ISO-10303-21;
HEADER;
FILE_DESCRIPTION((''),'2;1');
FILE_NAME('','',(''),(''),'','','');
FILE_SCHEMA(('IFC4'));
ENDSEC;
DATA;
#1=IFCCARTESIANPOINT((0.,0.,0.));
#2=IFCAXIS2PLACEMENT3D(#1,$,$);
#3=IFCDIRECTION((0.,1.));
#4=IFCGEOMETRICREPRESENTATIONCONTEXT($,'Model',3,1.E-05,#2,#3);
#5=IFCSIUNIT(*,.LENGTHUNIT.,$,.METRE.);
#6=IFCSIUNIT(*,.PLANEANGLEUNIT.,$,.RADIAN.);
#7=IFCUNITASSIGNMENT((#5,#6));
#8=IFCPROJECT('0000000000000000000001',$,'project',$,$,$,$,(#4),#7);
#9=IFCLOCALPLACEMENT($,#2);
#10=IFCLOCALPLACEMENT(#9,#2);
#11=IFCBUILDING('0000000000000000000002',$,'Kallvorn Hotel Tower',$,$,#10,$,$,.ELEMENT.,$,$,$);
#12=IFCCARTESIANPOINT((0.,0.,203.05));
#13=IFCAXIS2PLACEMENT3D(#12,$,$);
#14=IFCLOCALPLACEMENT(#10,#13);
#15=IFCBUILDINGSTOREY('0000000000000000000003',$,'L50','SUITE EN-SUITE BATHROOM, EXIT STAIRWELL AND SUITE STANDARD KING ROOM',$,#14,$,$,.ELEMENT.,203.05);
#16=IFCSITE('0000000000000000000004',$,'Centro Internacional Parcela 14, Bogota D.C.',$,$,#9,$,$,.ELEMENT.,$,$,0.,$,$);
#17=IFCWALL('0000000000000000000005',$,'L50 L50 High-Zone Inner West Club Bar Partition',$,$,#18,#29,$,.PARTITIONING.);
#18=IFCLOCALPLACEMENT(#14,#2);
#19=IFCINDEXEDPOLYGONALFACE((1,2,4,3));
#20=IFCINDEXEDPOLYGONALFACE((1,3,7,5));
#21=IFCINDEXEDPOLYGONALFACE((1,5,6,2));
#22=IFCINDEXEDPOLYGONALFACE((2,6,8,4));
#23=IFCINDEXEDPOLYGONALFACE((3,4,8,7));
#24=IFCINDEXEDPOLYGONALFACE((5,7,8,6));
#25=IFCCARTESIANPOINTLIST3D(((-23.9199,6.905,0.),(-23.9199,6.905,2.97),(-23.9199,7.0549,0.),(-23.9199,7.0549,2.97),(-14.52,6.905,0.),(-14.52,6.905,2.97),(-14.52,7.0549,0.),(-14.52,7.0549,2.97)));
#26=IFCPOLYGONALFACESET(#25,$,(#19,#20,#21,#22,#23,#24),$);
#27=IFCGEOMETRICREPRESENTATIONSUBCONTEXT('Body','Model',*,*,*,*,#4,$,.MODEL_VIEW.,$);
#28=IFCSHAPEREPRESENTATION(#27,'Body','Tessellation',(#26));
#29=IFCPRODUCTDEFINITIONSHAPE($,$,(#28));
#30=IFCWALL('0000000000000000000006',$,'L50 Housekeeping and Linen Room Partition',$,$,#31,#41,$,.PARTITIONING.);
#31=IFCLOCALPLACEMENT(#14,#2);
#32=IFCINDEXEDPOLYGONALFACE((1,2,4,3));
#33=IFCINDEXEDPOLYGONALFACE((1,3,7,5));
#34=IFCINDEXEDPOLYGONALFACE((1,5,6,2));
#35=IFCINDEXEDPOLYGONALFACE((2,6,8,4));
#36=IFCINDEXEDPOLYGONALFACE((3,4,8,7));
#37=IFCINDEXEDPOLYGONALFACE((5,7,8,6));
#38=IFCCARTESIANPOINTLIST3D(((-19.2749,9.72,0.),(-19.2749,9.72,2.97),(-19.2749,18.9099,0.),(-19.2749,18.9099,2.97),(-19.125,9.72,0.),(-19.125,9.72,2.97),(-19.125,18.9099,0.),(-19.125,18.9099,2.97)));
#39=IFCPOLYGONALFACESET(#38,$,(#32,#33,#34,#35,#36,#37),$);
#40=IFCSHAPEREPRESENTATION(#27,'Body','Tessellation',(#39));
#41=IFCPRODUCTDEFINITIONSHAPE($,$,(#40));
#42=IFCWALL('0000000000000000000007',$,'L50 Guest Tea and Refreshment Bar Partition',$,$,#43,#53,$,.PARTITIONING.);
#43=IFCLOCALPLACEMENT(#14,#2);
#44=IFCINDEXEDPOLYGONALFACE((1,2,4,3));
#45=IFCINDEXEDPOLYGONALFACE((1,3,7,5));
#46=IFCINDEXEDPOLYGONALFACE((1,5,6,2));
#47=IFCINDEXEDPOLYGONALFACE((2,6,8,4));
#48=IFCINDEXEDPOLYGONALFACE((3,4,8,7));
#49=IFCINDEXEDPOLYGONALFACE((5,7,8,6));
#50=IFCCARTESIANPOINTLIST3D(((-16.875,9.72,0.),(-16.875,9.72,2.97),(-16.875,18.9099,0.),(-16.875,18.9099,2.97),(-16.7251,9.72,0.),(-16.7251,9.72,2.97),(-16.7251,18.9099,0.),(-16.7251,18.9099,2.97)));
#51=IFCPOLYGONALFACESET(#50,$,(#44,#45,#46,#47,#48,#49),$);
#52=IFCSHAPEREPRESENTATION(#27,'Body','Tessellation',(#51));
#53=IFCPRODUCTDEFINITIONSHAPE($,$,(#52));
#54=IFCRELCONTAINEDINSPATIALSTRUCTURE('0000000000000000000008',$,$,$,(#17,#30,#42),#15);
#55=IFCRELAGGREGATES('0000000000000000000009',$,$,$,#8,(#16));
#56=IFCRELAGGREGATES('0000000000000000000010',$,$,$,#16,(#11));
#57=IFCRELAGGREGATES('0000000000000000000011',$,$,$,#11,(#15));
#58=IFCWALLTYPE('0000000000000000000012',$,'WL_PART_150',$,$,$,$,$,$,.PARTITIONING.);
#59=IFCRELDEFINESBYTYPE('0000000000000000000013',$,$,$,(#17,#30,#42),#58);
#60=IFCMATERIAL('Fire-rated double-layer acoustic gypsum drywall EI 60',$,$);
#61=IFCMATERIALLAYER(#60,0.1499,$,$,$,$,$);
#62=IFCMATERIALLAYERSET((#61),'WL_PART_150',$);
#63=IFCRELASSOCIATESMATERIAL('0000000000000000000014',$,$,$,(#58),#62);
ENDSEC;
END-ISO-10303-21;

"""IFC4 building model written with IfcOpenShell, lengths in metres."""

from ifc_helpers import new_model, si_unit, direction, frame, frame_2d, origin, place, context, subcontext, project, spatial, rectangle, extrude, material, layer, layer_set, type_object, element, save


model = new_model("IFC4")

# Units and contexts
model_context = context("Model", 3, precision=1e-05, world=origin(), true_north=direction((0.0, 1.0)))
body_context = subcontext(model_context, "Body", "Model", "MODEL_VIEW")
ifc_project = project(units=[si_unit("LENGTHUNIT", "METRE"), si_unit("PLANEANGLEUNIT", "RADIAN")], contexts=[model_context])

# Site, building, storey
site_placement = place(None, origin())
site = spatial("IfcSite", under=ifc_project, at=site_placement, Name="Centro Internacional Parcela 14, Bogota D.C.", CompositionType="ELEMENT", RefElevation=0.0)
building_placement = place(site_placement, origin())
building = spatial("IfcBuilding", under=site, at=building_placement, Name="Kallvorn Hotel Tower", CompositionType="ELEMENT")
storey_placement = place(building_placement, frame((0.0, 0.0, 203.05)))
storey = spatial("IfcBuildingStorey", under=building, at=storey_placement, Name="L50", Description="SUITE EN-SUITE BATHROOM, EXIT STAIRWELL AND SUITE STANDARD KING ROOM", CompositionType="ELEMENT", Elevation=203.05)

# Walls
ifc_material_1 = material(Name="Fire-rated double-layer acoustic gypsum drywall EI 60")
ifc_layer_1 = layer(ifc_material_1, 0.1499)
ifc_layer_set_1 = layer_set([ifc_layer_1], Name="WL_PART_150")
wall_type_1 = type_object("IfcWallType", Name="WL_PART_150", PredefinedType="PARTITIONING", material=ifc_layer_set_1)
wall_1_placement = place(storey_placement, frame((-23.9199, 6.98, 0.0), z_axis=(0.0, 0.0, 1.0), x_axis=(1.0, 0.0, 0.0)))
element("IfcWall", 1, at=wall_1_placement, inside=storey, type_object=wall_type_1, Name="L50 L50 High-Zone Inner West Club Bar Partition", PredefinedType="PARTITIONING", context=body_context, shape_type="SweptSolid", body=[
    extrude(rectangle(XDim=9.3999, YDim=0.1499, at=frame_2d((4.7, 0.0))), origin(), (0.0, 0.0, 1.0), 2.97),
])
for number, where, z_axis, x_axis, name in (
    (2, (-19.2, 9.72, 0.0), (0.0, 0.0, 1.0), (0.0, 1.0, 0.0), "L50 Housekeeping and Linen Room Partition"),
    (3, (-16.8, 9.72, 0.0), (0.0, 0.0, 1.0), (0.0, 1.0, 0.0), "L50 Guest Tea and Refreshment Bar Partition"),
):
    element("IfcWall", number, at=place(storey_placement, frame(where, z_axis=z_axis, x_axis=x_axis)), inside=storey, type_object=wall_type_1, Name=name, PredefinedType="PARTITIONING", context=body_context, shape_type="SweptSolid", body=[
        extrude(rectangle(XDim=9.1899, YDim=0.1499, at=frame_2d((4.595, 0.0))), origin(), (0.0, 0.0, 1.0), 2.97),
    ])

save(model, "model.ifc")
